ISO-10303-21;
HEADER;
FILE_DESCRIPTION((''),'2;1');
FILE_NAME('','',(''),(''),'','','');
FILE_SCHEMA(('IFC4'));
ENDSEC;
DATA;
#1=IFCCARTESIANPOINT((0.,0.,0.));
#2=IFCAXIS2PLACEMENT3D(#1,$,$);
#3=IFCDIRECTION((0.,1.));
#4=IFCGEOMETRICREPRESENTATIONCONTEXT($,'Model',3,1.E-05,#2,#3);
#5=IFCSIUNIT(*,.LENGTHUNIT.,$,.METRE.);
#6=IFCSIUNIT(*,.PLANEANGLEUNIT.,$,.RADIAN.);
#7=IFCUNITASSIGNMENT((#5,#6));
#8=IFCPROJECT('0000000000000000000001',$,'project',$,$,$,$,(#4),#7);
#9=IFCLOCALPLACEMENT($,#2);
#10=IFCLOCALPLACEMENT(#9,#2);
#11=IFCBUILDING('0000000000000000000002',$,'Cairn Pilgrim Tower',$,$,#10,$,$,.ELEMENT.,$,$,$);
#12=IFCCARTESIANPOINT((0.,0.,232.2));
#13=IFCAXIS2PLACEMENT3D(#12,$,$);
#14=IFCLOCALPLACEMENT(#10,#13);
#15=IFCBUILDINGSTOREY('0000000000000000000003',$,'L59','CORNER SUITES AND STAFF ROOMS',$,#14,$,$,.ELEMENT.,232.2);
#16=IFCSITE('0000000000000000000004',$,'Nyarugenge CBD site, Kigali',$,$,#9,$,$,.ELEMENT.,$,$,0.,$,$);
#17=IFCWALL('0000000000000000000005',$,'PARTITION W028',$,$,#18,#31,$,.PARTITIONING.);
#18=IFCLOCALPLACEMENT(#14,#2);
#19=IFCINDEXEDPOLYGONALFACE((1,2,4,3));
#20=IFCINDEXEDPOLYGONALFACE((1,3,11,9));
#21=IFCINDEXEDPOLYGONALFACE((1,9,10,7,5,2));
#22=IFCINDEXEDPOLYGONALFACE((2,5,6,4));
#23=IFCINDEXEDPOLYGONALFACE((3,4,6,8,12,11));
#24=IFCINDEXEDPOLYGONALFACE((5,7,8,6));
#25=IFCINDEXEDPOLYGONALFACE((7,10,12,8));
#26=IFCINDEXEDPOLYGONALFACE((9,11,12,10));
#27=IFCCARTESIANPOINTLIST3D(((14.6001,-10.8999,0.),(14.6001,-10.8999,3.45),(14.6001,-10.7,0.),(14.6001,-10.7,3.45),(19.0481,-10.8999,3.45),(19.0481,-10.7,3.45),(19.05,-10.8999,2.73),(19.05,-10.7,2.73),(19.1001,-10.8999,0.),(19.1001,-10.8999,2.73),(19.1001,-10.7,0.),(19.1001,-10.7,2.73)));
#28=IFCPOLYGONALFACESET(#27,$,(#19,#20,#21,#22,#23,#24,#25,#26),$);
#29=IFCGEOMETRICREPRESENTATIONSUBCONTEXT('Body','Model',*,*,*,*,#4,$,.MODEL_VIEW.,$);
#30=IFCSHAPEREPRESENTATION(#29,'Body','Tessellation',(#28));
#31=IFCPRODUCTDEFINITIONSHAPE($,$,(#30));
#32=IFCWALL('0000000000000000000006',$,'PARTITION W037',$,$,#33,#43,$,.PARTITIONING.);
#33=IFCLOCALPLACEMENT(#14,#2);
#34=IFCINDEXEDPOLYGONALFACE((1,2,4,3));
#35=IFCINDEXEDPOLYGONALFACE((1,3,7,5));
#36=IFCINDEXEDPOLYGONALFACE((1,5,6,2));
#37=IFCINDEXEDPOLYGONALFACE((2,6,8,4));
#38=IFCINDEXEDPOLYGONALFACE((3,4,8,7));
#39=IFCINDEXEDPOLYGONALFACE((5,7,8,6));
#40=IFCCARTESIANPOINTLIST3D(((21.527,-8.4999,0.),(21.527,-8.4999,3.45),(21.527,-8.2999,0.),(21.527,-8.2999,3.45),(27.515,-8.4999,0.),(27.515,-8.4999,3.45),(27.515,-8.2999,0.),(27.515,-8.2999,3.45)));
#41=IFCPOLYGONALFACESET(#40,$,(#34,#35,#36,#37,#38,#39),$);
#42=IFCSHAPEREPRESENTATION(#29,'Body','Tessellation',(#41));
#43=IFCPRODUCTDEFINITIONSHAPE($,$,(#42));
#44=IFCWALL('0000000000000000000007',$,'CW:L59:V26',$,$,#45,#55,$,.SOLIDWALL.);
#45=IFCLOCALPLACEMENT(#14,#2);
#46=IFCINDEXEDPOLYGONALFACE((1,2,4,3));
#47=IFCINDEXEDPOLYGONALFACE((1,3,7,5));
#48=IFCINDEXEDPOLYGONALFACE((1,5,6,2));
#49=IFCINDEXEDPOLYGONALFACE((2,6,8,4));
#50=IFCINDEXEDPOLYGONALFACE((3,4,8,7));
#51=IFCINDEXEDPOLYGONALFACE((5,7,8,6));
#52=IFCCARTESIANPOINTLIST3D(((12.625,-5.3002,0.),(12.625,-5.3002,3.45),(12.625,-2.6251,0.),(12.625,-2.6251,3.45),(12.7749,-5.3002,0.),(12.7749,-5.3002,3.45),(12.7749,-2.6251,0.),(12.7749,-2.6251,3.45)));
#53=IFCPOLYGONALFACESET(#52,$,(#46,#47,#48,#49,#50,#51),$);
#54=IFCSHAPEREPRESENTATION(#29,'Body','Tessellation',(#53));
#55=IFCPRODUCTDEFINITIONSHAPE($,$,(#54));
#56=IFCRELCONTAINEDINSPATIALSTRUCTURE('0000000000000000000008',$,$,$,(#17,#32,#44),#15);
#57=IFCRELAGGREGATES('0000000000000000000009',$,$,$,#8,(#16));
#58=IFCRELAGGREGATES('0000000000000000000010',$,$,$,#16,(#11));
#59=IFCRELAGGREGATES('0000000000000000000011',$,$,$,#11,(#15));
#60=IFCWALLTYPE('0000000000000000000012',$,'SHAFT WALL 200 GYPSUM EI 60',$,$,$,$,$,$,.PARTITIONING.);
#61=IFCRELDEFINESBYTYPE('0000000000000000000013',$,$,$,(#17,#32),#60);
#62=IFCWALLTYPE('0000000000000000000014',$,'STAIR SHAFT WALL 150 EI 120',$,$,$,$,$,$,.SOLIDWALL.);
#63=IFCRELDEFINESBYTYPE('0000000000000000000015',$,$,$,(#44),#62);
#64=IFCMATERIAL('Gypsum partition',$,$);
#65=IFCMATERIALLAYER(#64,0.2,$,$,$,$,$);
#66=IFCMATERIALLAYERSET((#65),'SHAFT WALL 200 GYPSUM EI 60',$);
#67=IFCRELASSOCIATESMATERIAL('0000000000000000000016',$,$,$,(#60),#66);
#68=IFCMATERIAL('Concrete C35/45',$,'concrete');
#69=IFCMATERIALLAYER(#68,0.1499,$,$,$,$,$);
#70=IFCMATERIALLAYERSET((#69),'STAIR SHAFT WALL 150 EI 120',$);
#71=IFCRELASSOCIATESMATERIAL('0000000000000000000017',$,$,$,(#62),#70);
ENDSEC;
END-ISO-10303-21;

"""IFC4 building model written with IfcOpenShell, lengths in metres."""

from ifc_helpers import new_model, si_unit, direction, frame, frame_2d, origin, place, context, subcontext, project, spatial, polyline, rectangle, outline, extrude, material, layer, layer_set, type_object, element, save


model = new_model("IFC4")

# Units and contexts
model_context = context("Model", 3, precision=1e-05, world=origin(), true_north=direction((0.0, 1.0)))
body_context = subcontext(model_context, "Body", "Model", "MODEL_VIEW")
ifc_project = project(units=[si_unit("LENGTHUNIT", "METRE"), si_unit("PLANEANGLEUNIT", "RADIAN")], contexts=[model_context])

# Site, building, storey
site_placement = place(None, origin())
site = spatial("IfcSite", under=ifc_project, at=site_placement, Name="Nyarugenge CBD site, Kigali", CompositionType="ELEMENT", RefElevation=0.0)
building_placement = place(site_placement, origin())
building = spatial("IfcBuilding", under=site, at=building_placement, Name="Cairn Pilgrim Tower", CompositionType="ELEMENT")
storey_placement = place(building_placement, frame((0.0, 0.0, 232.2)))
storey = spatial("IfcBuildingStorey", under=building, at=storey_placement, Name="L59", Description="CORNER SUITES AND STAFF ROOMS", CompositionType="ELEMENT", Elevation=232.2)

# Shared definitions
ifc_material_1 = material(Name="Gypsum partition")

# Walls
ifc_layer_1 = layer(ifc_material_1, 0.2)
ifc_layer_set_1 = layer_set([ifc_layer_1], Name="SHAFT WALL 200 GYPSUM EI 60")
wall_type_1 = type_object("IfcWallType", Name="SHAFT WALL 200 GYPSUM EI 60", PredefinedType="PARTITIONING", material=ifc_layer_set_1)
wall_1_placement = place(storey_placement, frame((14.6001, -10.8, 0.0), z_axis=(0.0, 0.0, 1.0), x_axis=(1.0, 0.0, 0.0)))
element("IfcWall", 1, at=wall_1_placement, inside=storey, type_object=wall_type_1, Name="PARTITION W028", PredefinedType="PARTITIONING", context=body_context, shape_type="SweptSolid", body=[
    extrude(outline(polyline([(0.0, 0.0), (4.5, 0.0), (4.5, 2.73), (4.45, 2.73), (4.448, 3.45), (0.0, 3.45), (0.0, 0.0)])), frame((0.0, 0.1001, 0.0), z_axis=(0.0, -1.0, 0.0), x_axis=(1.0, 0.0, 0.0)), (0.0, 0.0, 1.0), 0.2),
])
wall_2_placement = place(storey_placement, frame((21.5269, -8.3999, 0.0), z_axis=(0.0, 0.0, 1.0), x_axis=(1.0, 0.0, 0.0)))
element("IfcWall", 2, at=wall_2_placement, inside=storey, type_object=wall_type_1, Name="PARTITION W037", PredefinedType="PARTITIONING", context=body_context, shape_type="SweptSolid", body=[
    extrude(rectangle(XDim=5.988, YDim=0.2, at=frame_2d((2.9941, 0.0))), origin(), (0.0, 0.0, 1.0), 3.45),
])
ifc_material_2 = material(Name="Concrete C35/45", Category="concrete")
ifc_layer_2 = layer(ifc_material_2, 0.1499)
ifc_layer_set_2 = layer_set([ifc_layer_2], Name="STAIR SHAFT WALL 150 EI 120")
wall_type_2 = type_object("IfcWallType", Name="STAIR SHAFT WALL 150 EI 120", PredefinedType="SOLIDWALL", material=ifc_layer_set_2)
wall_3_placement = place(storey_placement, frame((12.7, -5.3, 0.0), z_axis=(0.0, 0.0, 1.0), x_axis=(0.0, 1.0, 0.0)))
element("IfcWall", 3, at=wall_3_placement, inside=storey, type_object=wall_type_2, Name="CW:L59:V26", PredefinedType="SOLIDWALL", context=body_context, shape_type="SweptSolid", body=[
    extrude(rectangle(XDim=2.675, YDim=0.1499, at=frame_2d((1.3374, 0.0))), origin(), (0.0, 0.0, 1.0), 3.45),
])

save(model, "model.ifc")
